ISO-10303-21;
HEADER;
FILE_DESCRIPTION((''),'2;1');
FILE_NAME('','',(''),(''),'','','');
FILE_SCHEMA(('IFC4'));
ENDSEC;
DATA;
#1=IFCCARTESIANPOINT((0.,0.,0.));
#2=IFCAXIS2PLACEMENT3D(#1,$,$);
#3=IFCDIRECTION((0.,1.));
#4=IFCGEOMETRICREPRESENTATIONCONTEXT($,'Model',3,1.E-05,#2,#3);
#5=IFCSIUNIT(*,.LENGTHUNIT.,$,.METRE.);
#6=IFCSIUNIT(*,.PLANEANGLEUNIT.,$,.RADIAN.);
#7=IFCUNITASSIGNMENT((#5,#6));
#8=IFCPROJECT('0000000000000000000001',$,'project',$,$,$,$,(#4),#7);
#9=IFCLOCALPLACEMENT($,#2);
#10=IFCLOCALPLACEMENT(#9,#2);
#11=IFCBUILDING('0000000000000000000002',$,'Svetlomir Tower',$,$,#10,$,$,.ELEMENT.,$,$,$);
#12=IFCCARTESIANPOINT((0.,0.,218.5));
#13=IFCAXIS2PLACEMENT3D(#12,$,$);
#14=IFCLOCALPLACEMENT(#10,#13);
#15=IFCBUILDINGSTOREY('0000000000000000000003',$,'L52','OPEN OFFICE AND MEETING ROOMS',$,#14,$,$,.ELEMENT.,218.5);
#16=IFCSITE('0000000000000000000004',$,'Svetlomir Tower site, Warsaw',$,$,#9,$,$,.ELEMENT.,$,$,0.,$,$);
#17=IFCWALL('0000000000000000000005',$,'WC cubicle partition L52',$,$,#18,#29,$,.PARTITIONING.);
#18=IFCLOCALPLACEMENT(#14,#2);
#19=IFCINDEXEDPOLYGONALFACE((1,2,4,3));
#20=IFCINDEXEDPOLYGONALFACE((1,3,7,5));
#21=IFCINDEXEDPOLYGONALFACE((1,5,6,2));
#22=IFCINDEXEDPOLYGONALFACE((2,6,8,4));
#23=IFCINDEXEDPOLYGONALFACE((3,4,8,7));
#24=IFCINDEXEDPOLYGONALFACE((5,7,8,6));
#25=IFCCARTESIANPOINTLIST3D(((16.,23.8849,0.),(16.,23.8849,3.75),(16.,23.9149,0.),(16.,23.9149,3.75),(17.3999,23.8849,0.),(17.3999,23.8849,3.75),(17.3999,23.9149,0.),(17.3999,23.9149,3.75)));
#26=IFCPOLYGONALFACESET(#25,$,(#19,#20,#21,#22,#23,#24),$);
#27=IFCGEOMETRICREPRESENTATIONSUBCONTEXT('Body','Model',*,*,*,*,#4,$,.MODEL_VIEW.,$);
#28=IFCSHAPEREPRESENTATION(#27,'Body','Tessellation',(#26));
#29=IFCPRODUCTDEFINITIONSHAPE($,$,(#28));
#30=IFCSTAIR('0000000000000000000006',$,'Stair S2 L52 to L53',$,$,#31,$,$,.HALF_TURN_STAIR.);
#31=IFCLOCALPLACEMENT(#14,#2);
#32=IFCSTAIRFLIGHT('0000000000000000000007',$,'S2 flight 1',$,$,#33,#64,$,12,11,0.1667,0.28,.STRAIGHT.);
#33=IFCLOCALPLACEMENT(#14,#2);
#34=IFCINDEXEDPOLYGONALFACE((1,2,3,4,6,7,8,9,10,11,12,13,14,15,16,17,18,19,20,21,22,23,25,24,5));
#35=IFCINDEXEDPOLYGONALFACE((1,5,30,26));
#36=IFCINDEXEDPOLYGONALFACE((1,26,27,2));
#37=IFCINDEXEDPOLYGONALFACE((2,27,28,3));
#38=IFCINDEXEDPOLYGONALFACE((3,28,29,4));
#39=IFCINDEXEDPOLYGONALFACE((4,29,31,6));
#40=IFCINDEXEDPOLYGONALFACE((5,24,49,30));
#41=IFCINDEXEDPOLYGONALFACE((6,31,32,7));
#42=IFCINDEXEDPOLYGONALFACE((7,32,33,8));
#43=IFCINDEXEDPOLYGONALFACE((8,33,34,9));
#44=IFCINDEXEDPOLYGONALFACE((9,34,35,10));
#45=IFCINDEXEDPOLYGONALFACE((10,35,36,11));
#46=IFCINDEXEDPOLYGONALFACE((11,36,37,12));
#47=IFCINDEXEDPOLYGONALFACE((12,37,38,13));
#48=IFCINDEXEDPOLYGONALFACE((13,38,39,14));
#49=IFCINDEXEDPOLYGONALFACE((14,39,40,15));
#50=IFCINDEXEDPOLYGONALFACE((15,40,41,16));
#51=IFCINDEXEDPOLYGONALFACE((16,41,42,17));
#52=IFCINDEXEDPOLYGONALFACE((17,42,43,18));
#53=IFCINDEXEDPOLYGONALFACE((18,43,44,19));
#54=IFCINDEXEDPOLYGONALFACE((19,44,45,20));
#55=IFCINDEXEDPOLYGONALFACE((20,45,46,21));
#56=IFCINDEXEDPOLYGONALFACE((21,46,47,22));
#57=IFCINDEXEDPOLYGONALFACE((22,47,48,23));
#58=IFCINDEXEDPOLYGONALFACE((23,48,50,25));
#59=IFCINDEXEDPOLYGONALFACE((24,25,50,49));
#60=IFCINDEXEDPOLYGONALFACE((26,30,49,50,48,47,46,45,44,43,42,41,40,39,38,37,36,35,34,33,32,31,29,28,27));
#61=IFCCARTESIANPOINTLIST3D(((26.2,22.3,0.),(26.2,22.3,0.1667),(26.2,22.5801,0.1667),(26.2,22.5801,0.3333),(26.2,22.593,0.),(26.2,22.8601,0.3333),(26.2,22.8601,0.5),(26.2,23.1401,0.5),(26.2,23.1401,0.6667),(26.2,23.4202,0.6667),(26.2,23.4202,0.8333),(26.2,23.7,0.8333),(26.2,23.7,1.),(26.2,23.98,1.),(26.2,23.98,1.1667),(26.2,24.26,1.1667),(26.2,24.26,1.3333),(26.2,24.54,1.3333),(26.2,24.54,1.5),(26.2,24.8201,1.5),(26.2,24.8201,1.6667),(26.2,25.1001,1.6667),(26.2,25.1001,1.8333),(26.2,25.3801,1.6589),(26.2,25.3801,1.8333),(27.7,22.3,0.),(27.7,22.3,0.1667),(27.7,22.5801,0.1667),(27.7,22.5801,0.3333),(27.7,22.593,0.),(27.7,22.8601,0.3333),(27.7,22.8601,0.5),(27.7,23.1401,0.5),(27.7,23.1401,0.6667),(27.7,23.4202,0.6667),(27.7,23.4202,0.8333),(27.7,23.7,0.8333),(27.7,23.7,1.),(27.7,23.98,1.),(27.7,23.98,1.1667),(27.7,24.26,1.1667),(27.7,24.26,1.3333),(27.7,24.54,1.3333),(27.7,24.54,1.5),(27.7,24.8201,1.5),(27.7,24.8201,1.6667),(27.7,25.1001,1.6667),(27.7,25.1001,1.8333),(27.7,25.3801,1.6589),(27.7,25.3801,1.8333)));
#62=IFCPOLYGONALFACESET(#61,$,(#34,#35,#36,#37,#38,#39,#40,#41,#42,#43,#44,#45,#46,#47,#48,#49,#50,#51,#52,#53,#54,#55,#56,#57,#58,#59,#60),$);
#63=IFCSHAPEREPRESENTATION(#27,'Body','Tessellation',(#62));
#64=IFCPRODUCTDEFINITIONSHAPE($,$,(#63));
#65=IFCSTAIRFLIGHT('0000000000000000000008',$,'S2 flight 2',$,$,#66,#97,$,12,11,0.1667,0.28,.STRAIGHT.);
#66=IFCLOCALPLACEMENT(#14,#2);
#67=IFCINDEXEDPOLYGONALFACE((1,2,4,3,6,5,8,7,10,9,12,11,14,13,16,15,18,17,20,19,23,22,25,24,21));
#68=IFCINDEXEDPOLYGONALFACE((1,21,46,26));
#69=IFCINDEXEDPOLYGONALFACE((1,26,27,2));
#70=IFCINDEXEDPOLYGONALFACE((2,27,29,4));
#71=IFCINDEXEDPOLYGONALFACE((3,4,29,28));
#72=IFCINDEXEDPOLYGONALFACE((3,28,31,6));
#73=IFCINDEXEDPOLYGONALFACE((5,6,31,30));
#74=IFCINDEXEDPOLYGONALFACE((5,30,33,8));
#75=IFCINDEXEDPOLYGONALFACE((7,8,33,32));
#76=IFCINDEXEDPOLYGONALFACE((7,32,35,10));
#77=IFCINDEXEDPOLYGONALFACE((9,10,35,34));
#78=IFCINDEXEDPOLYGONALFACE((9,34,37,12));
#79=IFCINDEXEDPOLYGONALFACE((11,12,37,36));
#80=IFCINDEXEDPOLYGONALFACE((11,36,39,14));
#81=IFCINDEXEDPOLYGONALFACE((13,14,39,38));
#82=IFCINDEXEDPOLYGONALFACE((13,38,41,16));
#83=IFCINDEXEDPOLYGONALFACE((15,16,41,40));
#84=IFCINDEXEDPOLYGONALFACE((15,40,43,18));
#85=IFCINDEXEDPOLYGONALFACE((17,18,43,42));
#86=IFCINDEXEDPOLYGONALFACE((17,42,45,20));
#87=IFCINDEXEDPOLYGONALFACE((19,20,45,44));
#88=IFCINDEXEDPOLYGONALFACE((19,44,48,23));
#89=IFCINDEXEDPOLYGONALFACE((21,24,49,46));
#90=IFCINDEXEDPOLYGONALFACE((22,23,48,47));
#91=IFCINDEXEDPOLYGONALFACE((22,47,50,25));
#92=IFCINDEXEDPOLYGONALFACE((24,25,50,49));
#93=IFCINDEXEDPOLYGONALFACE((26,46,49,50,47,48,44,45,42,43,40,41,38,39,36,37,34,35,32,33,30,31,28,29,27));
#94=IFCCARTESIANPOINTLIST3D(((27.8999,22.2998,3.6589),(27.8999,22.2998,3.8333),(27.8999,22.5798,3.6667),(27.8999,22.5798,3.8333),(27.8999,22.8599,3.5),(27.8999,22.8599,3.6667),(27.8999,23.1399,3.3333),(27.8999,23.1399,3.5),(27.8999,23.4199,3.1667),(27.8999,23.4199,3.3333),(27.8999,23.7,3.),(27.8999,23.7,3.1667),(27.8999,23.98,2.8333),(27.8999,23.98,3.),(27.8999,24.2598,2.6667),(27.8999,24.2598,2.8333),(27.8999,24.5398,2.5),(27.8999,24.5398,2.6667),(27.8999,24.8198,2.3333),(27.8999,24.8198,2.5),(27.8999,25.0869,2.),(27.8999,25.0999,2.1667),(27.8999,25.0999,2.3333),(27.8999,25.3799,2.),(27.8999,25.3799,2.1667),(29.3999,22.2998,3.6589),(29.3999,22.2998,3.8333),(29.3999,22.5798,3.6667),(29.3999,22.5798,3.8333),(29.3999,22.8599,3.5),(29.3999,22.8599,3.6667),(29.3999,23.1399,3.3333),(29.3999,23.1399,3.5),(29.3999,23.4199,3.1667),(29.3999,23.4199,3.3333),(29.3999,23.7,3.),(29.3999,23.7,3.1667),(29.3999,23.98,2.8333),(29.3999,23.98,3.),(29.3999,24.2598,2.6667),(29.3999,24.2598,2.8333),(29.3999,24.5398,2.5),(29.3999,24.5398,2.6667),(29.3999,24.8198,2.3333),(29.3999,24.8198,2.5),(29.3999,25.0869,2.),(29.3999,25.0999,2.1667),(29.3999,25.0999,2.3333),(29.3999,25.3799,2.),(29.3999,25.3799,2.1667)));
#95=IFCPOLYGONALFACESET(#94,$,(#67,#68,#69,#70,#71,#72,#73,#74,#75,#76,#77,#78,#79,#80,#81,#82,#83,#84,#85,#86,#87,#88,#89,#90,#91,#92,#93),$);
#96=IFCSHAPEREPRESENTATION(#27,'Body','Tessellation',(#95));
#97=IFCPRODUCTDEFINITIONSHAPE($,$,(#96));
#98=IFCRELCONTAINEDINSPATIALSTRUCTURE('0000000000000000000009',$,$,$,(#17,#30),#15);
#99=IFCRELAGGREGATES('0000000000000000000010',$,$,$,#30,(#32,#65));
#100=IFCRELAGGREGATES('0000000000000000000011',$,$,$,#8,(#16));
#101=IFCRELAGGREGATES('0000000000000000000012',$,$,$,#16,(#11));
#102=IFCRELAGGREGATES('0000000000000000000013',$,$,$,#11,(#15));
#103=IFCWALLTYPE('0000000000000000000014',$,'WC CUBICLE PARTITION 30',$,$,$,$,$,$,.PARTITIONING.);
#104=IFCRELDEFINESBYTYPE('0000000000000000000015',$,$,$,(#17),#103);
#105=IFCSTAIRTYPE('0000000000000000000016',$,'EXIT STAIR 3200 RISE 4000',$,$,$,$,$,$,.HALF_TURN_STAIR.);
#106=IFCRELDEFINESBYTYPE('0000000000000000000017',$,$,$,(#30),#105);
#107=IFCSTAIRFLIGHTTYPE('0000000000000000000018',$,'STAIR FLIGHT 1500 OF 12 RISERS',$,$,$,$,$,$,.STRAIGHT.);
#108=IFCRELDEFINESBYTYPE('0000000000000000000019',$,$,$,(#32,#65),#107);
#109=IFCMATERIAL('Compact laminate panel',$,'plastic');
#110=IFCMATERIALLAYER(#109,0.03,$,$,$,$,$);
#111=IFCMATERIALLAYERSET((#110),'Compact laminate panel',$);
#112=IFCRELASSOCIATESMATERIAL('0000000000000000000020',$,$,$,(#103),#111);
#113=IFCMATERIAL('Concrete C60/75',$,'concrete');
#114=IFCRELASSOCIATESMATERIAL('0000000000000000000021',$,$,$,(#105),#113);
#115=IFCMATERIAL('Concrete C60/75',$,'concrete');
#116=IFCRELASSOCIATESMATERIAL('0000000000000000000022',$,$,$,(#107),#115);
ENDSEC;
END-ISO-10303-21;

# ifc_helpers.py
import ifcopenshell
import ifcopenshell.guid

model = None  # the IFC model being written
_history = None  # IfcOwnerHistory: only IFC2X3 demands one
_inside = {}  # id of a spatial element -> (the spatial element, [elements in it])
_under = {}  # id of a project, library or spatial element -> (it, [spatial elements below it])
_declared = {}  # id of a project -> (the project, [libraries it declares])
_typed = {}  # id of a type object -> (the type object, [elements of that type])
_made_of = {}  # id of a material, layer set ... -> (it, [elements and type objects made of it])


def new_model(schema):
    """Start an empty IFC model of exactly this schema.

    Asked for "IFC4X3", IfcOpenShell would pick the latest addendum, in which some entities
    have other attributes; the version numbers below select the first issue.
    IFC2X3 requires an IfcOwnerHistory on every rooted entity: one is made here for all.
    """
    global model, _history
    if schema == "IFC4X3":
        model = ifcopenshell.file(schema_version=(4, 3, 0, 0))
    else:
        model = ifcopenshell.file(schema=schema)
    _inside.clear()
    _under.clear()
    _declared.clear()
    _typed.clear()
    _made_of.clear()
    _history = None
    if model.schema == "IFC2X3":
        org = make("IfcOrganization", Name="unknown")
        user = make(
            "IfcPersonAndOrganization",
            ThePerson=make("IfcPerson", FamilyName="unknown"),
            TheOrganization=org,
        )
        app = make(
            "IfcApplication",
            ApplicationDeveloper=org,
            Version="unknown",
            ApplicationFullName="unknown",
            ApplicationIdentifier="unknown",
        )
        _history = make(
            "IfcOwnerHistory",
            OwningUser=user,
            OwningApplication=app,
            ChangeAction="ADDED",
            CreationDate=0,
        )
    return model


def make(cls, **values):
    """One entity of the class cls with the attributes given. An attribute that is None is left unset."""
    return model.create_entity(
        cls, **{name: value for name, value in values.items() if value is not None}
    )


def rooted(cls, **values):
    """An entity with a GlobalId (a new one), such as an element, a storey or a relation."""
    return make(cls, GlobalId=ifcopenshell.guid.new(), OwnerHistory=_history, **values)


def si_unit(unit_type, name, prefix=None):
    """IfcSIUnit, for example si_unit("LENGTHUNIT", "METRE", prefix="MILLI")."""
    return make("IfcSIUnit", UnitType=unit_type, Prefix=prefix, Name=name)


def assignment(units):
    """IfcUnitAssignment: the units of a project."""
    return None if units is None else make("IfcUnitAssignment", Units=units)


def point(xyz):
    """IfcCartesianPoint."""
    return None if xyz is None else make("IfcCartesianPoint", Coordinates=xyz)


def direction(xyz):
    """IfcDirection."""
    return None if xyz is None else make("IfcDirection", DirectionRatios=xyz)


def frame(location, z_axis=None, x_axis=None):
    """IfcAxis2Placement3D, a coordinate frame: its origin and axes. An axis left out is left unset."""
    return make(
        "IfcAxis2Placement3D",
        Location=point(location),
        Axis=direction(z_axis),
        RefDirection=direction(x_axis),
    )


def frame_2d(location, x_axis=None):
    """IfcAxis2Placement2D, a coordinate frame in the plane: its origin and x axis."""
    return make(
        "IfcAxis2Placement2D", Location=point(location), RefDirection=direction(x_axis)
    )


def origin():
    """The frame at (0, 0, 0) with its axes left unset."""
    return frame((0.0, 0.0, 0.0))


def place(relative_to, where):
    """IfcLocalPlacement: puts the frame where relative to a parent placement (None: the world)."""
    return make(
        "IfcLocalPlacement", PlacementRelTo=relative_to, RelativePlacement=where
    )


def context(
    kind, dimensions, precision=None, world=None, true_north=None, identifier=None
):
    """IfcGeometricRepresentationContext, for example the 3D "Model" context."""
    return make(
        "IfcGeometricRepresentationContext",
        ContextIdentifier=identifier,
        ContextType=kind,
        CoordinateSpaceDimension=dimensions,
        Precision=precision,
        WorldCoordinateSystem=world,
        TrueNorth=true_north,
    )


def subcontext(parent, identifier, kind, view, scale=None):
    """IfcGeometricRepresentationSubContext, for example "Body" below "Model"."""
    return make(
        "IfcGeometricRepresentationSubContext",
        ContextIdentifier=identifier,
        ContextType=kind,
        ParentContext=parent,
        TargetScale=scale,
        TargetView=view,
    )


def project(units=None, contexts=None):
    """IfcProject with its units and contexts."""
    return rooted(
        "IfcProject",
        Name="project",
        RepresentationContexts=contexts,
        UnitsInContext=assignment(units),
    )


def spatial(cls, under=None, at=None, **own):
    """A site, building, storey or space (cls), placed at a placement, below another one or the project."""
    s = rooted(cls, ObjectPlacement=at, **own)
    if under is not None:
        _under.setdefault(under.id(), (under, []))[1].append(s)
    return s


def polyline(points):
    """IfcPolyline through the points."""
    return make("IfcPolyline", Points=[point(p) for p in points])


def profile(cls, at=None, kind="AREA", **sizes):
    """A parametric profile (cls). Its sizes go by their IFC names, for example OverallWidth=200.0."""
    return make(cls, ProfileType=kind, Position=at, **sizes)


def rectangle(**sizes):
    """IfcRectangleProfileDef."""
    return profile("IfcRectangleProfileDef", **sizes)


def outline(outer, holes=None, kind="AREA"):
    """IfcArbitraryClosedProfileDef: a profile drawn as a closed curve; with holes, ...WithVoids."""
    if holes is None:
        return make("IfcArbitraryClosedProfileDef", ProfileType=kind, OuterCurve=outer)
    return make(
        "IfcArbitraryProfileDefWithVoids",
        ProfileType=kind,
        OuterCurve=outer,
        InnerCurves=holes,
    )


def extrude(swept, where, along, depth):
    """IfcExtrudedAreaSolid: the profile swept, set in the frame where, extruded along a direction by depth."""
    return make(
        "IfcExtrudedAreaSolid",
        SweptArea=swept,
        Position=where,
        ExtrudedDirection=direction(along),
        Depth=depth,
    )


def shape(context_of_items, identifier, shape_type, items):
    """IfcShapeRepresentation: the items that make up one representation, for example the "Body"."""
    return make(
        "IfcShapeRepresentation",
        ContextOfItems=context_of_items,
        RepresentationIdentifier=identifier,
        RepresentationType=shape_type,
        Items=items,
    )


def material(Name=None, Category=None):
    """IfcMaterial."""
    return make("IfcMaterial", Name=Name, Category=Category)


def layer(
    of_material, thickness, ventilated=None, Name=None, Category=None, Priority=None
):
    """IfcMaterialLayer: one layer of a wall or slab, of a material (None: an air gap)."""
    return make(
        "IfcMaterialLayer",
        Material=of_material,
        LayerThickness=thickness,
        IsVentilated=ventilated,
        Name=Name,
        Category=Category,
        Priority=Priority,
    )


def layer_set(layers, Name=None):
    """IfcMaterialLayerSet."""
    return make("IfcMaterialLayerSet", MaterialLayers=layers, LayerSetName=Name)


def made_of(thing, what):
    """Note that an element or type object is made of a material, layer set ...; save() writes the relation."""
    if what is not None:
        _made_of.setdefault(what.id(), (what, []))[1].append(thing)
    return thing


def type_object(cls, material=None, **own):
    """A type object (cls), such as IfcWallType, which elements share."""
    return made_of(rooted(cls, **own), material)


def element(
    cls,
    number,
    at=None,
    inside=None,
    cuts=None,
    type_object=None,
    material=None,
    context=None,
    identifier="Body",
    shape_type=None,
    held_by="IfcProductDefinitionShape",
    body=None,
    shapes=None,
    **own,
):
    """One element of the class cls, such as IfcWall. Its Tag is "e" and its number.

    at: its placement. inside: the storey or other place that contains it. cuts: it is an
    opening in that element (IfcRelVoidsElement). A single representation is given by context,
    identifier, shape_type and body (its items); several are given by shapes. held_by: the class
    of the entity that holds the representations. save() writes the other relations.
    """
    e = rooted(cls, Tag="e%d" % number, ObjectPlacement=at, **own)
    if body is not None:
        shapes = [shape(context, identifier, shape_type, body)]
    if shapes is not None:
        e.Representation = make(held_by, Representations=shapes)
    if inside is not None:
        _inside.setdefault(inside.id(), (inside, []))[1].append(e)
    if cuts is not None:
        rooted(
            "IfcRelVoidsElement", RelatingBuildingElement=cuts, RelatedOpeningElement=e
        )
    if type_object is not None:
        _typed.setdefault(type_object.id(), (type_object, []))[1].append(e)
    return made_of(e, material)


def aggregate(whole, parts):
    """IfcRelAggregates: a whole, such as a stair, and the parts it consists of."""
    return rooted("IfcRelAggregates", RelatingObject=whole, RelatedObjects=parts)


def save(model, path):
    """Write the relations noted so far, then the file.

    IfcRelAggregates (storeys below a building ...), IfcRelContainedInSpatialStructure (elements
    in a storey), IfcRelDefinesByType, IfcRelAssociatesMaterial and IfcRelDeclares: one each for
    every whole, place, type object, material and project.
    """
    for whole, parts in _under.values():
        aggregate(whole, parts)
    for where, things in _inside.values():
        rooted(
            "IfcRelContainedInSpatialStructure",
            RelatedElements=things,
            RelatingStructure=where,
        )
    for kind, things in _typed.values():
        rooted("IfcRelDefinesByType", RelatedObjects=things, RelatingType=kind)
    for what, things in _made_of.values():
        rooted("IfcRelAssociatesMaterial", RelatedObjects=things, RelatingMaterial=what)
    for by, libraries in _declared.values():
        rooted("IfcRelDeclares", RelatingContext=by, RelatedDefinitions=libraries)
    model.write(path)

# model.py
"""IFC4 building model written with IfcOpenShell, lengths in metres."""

from ifc_helpers import new_model, si_unit, direction, frame, frame_2d, origin, place, context, subcontext, project, spatial, polyline, rectangle, outline, extrude, material, layer, layer_set, type_object, element, aggregate, save


model = new_model("IFC4")

# Units and contexts
model_context = context("Model", 3, precision=1e-05, world=origin(), true_north=direction((0.0, 1.0)))
body_context = subcontext(model_context, "Body", "Model", "MODEL_VIEW")
ifc_project = project(units=[si_unit("LENGTHUNIT", "METRE"), si_unit("PLANEANGLEUNIT", "RADIAN")], contexts=[model_context])

# Site, building, storey
site_placement = place(None, origin())
site = spatial("IfcSite", under=ifc_project, at=site_placement, Name="Svetlomir Tower site, Warsaw", CompositionType="ELEMENT", RefElevation=0.0)
building_placement = place(site_placement, origin())
building = spatial("IfcBuilding", under=site, at=building_placement, Name="Svetlomir Tower", CompositionType="ELEMENT")
storey_placement = place(building_placement, frame((0.0, 0.0, 218.5)))
storey = spatial("IfcBuildingStorey", under=building, at=storey_placement, Name="L52", Description="OPEN OFFICE AND MEETING ROOMS", CompositionType="ELEMENT", Elevation=218.5)

# Wall
ifc_material_1 = material(Name="Compact laminate panel", Category="plastic")
ifc_layer_1 = layer(ifc_material_1, 0.03)
ifc_layer_set_1 = layer_set([ifc_layer_1], Name="Compact laminate panel")
wall_type_1 = type_object("IfcWallType", Name="WC CUBICLE PARTITION 30", PredefinedType="PARTITIONING", material=ifc_layer_set_1)
wall_1_placement = place(storey_placement, frame((16.0, 23.8999, 0.0), z_axis=(0.0, 0.0, 1.0), x_axis=(1.0, 0.0, 0.0)))
element("IfcWall", 1, at=wall_1_placement, inside=storey, type_object=wall_type_1, Name="WC cubicle partition L52", PredefinedType="PARTITIONING", context=body_context, shape_type="SweptSolid", body=[
    extrude(rectangle(XDim=1.3999, YDim=0.03, at=frame_2d((0.7, 0.0))), origin(), (0.0, 0.0, 1.0), 3.75),
])

# Stair, stair flights
ifc_material_2 = material(Name="Concrete C60/75", Category="concrete")
stair_type = type_object("IfcStairType", Name="EXIT STAIR 3200 RISE 4000", PredefinedType="HALF_TURN_STAIR", material=ifc_material_2)
stair_placement = place(storey_placement, origin())
stair = element("IfcStair", 2, at=stair_placement, inside=storey, type_object=stair_type, Name="Stair S2 L52 to L53", PredefinedType="HALF_TURN_STAIR")
ifc_material_3 = material(Name="Concrete C60/75", Category="concrete")
stair_flight_type = type_object("IfcStairFlightType", Name="STAIR FLIGHT 1500 OF 12 RISERS", PredefinedType="STRAIGHT", material=ifc_material_3)
stair_flight_1_placement = place(storey_placement, frame((26.95, 22.3, 0.0), z_axis=(0.0, 0.0, 1.0), x_axis=(0.0, 1.0, 0.0)))
stair_flight_1 = element("IfcStairFlight", 3, at=stair_flight_1_placement, type_object=stair_flight_type, Name="S2 flight 1", NumberOfRisers=12, NumberOfTreads=11, PredefinedType="STRAIGHT", RiserHeight=0.1667, TreadLength=0.28, context=body_context, shape_type="SweptSolid", body=[
    extrude(outline(polyline([(0.0, 0.0), (0.0, 0.1667), (0.28, 0.1667), (0.28, 0.3333), (0.5601, 0.3333), (0.5601, 0.5), (0.8401, 0.5), (0.8401, 0.6667), (1.1201, 0.6667), (1.1201, 0.8333), (1.3999, 0.8333), (1.3999, 1.0), (1.6799, 1.0), (1.6799, 1.1667), (1.96, 1.1667), (1.96, 1.3333), (2.24, 1.3333), (2.24, 1.5), (2.52, 1.5), (2.52, 1.6667), (2.8, 1.6667), (2.8, 1.8333), (3.0801, 1.8333), (3.0801, 2.0), (3.0801, 1.6589), (0.293, 0.0), (0.0, 0.0)])), frame((0.0, 0.75, 0.0), z_axis=(0.0, -1.0, 0.0), x_axis=(1.0, 0.0, 0.0)), (0.0, 0.0, 1.0), 1.5),
])
stair_flight_2_placement = place(storey_placement, frame((28.6499, 25.3799, 2.0), z_axis=(0.0, 0.0, 1.0), x_axis=(0.0, -1.0, 0.0)))
stair_flight_2 = element("IfcStairFlight", 4, at=stair_flight_2_placement, type_object=stair_flight_type, Name="S2 flight 2", NumberOfRisers=12, NumberOfTreads=11, PredefinedType="STRAIGHT", RiserHeight=0.1667, TreadLength=0.28, context=body_context, shape_type="SweptSolid", body=[
    extrude(outline(polyline([(0.0, 0.0), (0.0, 0.1667), (0.28, 0.1667), (0.28, 0.3333), (0.5601, 0.3333), (0.5601, 0.5), (0.8401, 0.5), (0.8401, 0.6667), (1.1201, 0.6667), (1.1201, 0.8333), (1.3999, 0.8333), (1.3999, 1.0), (1.6799, 1.0), (1.6799, 1.1667), (1.96, 1.1667), (1.96, 1.3333), (2.24, 1.3333), (2.24, 1.5), (2.52, 1.5), (2.52, 1.6667), (2.8, 1.6667), (2.8, 1.8333), (3.0801, 1.8333), (3.0801, 2.0), (3.0801, 1.6589), (0.293, 0.0), (0.0, 0.0)])), frame((0.0, 0.75, 0.0), z_axis=(0.0, -1.0, 0.0), x_axis=(1.0, 0.0, 0.0)), (0.0, 0.0, 1.0), 1.5),
])
aggregate(stair, [stair_flight_1, stair_flight_2])

save(model, "model.ifc")
